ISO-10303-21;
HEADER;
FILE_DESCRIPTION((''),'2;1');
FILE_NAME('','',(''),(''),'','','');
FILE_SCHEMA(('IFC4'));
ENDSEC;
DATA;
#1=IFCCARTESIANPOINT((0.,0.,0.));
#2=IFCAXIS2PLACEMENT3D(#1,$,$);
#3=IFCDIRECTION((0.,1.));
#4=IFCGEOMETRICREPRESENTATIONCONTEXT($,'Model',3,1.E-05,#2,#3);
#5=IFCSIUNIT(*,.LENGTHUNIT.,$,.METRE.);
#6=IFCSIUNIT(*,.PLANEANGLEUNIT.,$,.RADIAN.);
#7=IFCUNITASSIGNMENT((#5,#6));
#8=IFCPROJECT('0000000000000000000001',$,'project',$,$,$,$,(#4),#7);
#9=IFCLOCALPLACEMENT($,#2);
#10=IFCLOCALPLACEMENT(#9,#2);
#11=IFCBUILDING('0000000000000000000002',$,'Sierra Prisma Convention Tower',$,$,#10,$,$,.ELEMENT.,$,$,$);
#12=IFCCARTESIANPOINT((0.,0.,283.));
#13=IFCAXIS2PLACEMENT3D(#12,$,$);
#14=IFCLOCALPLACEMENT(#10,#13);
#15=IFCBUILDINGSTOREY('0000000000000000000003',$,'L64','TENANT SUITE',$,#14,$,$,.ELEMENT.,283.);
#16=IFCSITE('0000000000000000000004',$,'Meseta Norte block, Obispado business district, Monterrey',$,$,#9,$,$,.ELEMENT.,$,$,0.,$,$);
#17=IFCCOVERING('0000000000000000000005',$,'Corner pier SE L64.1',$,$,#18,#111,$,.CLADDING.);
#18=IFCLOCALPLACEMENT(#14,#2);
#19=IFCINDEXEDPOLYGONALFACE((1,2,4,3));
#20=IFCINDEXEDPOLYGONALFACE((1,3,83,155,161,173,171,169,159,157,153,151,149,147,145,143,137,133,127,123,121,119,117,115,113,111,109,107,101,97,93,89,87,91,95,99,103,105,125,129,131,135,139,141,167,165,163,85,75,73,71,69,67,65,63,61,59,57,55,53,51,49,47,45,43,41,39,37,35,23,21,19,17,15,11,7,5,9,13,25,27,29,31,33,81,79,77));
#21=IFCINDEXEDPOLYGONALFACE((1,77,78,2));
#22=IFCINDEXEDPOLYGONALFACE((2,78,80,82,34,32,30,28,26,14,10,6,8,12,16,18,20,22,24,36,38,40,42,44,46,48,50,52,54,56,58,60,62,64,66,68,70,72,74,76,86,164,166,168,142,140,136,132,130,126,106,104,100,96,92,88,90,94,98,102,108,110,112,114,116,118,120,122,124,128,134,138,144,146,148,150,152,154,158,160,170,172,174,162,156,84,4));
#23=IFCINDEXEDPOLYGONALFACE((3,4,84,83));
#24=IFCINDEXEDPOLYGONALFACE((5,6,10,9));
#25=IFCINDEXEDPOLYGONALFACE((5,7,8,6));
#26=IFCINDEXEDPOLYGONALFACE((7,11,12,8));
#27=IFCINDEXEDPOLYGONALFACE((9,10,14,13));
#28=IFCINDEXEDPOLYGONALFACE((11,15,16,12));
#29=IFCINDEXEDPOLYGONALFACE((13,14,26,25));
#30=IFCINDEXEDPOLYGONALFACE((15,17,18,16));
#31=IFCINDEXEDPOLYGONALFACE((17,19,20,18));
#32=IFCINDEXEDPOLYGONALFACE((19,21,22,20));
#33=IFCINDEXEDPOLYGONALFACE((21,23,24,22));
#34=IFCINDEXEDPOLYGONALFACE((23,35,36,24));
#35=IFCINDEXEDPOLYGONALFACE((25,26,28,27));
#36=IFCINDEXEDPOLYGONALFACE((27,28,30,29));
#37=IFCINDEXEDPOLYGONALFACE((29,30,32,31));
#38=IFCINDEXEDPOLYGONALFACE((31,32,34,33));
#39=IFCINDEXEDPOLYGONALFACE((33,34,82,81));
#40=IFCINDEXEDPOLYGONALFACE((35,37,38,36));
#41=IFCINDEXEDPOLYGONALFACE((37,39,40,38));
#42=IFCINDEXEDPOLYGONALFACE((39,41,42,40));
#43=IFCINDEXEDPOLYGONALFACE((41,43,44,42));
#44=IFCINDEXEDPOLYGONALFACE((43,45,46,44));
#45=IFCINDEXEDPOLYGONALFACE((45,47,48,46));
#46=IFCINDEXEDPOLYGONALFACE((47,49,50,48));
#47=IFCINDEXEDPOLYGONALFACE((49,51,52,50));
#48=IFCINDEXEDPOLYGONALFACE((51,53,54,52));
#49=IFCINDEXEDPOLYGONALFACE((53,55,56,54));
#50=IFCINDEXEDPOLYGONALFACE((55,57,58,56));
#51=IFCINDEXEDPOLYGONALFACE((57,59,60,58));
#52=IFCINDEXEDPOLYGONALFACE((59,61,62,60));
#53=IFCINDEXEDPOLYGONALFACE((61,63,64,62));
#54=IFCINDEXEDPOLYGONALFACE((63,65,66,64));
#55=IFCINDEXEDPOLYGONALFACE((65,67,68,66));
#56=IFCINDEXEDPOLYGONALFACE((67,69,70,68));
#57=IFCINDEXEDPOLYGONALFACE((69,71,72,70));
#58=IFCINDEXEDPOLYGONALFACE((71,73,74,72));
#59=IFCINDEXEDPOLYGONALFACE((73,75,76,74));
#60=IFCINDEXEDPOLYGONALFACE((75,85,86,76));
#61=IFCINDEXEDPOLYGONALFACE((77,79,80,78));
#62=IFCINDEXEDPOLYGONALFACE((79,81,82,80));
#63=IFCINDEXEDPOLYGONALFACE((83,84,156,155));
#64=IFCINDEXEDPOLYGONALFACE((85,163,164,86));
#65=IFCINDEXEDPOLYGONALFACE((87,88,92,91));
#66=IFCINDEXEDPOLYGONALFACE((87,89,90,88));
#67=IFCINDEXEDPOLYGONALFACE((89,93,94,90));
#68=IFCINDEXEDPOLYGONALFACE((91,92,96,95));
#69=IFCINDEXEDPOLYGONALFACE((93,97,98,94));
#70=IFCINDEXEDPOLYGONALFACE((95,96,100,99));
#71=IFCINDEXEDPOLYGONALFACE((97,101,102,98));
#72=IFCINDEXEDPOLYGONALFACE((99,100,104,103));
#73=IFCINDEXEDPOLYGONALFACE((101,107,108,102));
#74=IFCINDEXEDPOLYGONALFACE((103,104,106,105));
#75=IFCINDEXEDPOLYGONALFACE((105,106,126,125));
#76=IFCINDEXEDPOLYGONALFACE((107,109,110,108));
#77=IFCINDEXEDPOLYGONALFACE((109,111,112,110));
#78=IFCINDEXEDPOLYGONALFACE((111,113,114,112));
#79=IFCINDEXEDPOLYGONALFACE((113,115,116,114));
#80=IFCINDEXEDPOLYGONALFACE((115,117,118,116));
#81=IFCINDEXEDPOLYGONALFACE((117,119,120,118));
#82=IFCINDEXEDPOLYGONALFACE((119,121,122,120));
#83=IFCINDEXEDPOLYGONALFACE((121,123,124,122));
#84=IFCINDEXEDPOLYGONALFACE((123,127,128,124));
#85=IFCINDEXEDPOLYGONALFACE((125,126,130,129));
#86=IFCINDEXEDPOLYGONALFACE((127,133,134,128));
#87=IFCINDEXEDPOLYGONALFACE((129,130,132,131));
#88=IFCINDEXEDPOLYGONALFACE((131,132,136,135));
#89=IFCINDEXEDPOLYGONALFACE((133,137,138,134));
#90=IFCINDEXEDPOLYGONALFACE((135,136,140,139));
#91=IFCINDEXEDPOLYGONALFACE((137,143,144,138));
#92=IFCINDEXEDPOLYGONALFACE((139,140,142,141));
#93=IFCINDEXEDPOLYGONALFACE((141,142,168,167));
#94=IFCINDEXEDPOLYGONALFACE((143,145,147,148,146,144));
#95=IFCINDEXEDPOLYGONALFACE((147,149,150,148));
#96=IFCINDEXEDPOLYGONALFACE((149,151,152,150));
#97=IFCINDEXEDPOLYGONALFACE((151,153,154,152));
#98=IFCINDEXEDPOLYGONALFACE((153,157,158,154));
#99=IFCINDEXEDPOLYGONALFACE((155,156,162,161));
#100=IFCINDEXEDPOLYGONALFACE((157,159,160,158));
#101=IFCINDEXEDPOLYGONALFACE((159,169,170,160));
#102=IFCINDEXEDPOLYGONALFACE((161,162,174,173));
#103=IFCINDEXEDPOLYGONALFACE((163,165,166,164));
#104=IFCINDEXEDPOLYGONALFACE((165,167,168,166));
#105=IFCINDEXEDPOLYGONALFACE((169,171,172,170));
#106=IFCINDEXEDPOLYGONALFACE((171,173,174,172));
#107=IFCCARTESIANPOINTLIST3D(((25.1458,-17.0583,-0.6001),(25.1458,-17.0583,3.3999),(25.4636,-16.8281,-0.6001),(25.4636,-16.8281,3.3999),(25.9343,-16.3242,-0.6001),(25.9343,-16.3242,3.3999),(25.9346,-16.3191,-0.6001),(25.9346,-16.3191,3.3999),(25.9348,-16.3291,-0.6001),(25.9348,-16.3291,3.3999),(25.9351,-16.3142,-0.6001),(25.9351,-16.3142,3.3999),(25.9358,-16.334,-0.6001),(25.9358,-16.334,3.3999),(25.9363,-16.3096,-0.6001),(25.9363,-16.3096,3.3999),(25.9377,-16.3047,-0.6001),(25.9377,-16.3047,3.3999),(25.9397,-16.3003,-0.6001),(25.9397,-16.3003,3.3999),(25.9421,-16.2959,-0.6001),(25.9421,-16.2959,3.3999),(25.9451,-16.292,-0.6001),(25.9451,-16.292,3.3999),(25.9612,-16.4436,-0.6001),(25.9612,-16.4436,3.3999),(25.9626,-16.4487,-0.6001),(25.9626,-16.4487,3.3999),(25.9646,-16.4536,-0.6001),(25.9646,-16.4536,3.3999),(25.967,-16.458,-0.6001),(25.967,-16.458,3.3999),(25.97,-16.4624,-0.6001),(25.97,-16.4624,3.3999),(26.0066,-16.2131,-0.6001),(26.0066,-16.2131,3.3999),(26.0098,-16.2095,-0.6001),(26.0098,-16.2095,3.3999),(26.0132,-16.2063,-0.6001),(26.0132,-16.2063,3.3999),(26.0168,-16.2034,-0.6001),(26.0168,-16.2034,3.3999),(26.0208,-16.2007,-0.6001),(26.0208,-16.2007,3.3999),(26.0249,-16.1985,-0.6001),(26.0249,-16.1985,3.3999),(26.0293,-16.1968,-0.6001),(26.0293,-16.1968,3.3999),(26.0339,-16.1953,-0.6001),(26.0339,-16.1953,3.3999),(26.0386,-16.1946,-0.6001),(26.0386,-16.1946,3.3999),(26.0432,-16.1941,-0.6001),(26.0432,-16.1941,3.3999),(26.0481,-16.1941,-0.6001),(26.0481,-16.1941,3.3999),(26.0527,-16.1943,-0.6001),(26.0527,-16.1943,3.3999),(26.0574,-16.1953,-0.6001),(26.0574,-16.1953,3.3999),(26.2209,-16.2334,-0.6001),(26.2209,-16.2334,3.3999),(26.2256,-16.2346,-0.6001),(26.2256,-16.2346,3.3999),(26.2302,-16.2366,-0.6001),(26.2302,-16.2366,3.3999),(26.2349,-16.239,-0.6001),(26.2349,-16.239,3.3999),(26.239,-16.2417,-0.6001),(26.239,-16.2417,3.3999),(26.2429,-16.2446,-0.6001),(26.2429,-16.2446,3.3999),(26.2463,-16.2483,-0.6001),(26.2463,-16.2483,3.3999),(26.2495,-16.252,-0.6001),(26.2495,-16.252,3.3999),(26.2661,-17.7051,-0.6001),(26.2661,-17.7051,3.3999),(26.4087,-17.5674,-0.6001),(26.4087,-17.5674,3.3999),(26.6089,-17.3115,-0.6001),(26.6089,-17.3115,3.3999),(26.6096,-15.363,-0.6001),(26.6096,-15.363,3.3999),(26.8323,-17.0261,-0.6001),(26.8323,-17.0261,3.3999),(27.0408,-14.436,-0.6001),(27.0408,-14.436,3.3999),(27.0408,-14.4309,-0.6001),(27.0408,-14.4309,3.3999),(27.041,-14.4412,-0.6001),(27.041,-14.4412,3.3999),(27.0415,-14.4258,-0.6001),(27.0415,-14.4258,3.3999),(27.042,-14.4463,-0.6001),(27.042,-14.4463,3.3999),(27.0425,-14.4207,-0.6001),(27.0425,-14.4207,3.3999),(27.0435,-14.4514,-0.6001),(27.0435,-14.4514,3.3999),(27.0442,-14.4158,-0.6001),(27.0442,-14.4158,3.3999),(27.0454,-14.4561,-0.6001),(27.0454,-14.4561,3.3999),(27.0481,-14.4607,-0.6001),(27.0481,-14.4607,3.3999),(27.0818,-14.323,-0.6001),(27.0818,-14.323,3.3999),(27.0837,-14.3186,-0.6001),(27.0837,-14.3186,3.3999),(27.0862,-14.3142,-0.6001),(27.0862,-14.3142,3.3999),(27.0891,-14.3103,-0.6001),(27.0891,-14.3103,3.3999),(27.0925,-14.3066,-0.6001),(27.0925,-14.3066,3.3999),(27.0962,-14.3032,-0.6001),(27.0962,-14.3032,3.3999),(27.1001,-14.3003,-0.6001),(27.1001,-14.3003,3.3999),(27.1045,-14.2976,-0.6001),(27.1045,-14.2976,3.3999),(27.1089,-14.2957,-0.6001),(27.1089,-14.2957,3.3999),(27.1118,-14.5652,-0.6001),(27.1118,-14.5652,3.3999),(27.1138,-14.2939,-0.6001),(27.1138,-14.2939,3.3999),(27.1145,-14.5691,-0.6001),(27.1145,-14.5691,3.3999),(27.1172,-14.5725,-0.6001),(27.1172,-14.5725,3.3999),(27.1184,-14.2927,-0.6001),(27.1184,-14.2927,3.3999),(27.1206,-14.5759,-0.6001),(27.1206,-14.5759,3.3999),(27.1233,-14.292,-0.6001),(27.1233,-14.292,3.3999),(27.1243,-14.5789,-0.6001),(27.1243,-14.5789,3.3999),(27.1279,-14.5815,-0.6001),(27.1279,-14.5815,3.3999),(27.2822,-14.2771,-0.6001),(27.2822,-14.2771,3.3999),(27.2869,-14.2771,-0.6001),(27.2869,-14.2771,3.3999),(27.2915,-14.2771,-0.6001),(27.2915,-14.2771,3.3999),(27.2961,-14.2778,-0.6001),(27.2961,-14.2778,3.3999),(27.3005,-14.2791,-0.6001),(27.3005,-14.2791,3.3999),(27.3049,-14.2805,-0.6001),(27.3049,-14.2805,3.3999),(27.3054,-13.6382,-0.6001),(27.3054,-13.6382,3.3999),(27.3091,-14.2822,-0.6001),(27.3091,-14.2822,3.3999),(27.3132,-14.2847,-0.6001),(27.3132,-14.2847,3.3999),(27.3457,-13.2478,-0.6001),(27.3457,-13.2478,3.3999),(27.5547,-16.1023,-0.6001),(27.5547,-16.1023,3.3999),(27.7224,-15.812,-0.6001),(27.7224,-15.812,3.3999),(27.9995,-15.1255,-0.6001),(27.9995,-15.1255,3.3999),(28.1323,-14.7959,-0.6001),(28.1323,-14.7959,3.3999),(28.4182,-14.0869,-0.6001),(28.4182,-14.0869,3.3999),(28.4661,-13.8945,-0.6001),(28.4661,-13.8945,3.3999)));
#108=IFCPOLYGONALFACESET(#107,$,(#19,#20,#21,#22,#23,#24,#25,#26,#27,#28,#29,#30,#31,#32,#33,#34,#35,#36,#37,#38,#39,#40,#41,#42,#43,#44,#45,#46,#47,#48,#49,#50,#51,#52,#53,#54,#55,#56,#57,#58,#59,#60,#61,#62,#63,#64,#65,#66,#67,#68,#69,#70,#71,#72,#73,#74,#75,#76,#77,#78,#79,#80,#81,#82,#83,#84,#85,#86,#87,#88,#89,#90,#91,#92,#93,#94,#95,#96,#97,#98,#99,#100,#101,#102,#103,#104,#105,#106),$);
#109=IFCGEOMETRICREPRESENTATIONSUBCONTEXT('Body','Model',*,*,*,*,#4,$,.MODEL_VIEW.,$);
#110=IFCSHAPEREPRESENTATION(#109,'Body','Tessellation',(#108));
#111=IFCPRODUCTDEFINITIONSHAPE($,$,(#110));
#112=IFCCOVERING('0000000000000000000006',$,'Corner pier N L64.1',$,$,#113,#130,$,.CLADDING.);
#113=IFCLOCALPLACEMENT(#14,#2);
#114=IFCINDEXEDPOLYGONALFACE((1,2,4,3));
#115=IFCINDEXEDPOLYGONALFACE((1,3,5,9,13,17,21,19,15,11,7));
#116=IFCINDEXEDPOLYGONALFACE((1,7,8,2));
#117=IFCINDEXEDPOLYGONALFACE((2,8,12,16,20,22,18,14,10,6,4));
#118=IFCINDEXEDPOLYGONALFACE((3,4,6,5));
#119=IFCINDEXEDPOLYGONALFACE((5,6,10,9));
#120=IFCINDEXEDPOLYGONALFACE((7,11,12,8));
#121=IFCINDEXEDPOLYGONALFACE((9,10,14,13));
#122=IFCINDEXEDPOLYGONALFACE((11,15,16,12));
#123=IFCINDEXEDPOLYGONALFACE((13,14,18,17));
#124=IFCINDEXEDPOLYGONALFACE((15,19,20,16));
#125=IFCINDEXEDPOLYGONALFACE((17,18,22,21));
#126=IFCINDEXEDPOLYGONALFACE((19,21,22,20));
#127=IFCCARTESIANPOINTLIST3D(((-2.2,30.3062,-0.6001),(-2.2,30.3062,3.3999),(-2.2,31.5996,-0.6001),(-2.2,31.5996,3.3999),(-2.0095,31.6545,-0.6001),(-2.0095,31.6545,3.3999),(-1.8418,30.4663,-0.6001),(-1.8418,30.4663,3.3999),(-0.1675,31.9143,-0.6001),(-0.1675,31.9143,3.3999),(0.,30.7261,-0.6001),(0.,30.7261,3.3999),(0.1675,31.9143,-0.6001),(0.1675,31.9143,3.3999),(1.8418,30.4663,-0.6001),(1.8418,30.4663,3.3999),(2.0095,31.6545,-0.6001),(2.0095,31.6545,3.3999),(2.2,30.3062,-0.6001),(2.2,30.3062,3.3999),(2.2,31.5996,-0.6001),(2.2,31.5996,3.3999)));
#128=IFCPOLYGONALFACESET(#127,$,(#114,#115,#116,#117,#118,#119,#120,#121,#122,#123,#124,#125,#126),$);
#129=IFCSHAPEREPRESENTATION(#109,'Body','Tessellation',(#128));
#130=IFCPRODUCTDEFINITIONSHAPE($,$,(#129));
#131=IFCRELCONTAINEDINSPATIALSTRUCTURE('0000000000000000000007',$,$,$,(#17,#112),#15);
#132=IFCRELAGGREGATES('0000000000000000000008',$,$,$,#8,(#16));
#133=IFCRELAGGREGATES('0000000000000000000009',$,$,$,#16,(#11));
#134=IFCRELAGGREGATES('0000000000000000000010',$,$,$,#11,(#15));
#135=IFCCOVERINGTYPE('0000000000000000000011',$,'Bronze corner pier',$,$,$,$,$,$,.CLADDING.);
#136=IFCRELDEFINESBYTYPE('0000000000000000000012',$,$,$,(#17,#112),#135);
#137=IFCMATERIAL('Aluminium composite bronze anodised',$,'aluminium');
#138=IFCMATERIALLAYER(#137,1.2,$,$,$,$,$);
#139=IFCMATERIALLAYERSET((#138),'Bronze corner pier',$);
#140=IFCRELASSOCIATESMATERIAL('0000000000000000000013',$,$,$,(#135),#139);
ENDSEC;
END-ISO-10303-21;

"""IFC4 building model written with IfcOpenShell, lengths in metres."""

from ifc_helpers import new_model, si_unit, direction, frame, origin, place, context, subcontext, project, spatial, polyline, outline, extrude, material, layer, layer_set, type_object, element, save


model = new_model("IFC4")

# Units and contexts
model_context = context("Model", 3, precision=1e-05, world=origin(), true_north=direction((0.0, 1.0)))
body_context = subcontext(model_context, "Body", "Model", "MODEL_VIEW")
ifc_project = project(units=[si_unit("LENGTHUNIT", "METRE"), si_unit("PLANEANGLEUNIT", "RADIAN")], contexts=[model_context])

# Site, building, storey
site_placement = place(None, origin())
site = spatial("IfcSite", under=ifc_project, at=site_placement, Name="Meseta Norte block, Obispado business district, Monterrey", CompositionType="ELEMENT", RefElevation=0.0)
building_placement = place(site_placement, origin())
building = spatial("IfcBuilding", under=site, at=building_placement, Name="Sierra Prisma Convention Tower", CompositionType="ELEMENT")
storey_placement = place(building_placement, frame((0.0, 0.0, 283.0)))
storey = spatial("IfcBuildingStorey", under=building, at=storey_placement, Name="L64", Description="TENANT SUITE", CompositionType="ELEMENT", Elevation=283.0)

# Coverings
ifc_material_1 = material(Name="Aluminium composite bronze anodised", Category="aluminium")
ifc_layer_1 = layer(ifc_material_1, 1.2)
ifc_layer_set_1 = layer_set([ifc_layer_1], Name="Bronze corner pier")
covering_type_1 = type_object("IfcCoveringType", Name="Bronze corner pier", PredefinedType="CLADDING", material=ifc_layer_set_1)
covering_1_placement = place(storey_placement, frame((0.0, 0.0, -0.6001)))
element("IfcCovering", 1, at=covering_1_placement, inside=storey, type_object=covering_type_1, Name="Corner pier SE L64.1", PredefinedType="CLADDING", context=body_context, shape_type="SweptSolid", body=[
    extrude(outline(polyline([(27.3005, -14.2791), (27.2961, -14.2778), (27.2915, -14.2771), (27.2869, -14.2771), (27.2822, -14.2771), (27.1233, -14.292), (27.1184, -14.2927), (27.1138, -14.2939), (27.1089, -14.2957), (27.1045, -14.2976), (27.1001, -14.3003), (27.0962, -14.3032), (27.0925, -14.3066), (27.0891, -14.3103), (27.0862, -14.3142), (27.0837, -14.3186), (27.0818, -14.323), (27.0442, -14.4158), (27.0425, -14.4207), (27.0415, -14.4258), (27.0408, -14.4309), (27.0408, -14.436), (27.041, -14.4412), (27.042, -14.4463), (27.0435, -14.4514), (27.0454, -14.4561), (27.0481, -14.4607), (27.1118, -14.5652), (27.1145, -14.5691), (27.1172, -14.5725), (27.1206, -14.5759), (27.1243, -14.5789), (27.1279, -14.5815), (27.9995, -15.1255), (27.7224, -15.812), (27.5547, -16.1023), (26.8323, -17.0261), (26.2495, -16.252), (26.2463, -16.2483), (26.2429, -16.2446), (26.239, -16.2417), (26.2349, -16.239), (26.2302, -16.2366), (26.2256, -16.2346), (26.2209, -16.2334), (26.0574, -16.1953), (26.0527, -16.1943), (26.0481, -16.1941), (26.0432, -16.1941), (26.0386, -16.1946), (26.0339, -16.1953), (26.0293, -16.1968), (26.0249, -16.1985), (26.0208, -16.2007), (26.0168, -16.2034), (26.0132, -16.2063), (26.0098, -16.2095), (26.0066, -16.2131), (25.9451, -16.292), (25.9421, -16.2959), (25.9397, -16.3003), (25.9377, -16.3047), (25.9363, -16.3096), (25.9351, -16.3142), (25.9346, -16.3191), (25.9343, -16.3242), (25.9348, -16.3291), (25.9358, -16.334), (25.9612, -16.4436), (25.9626, -16.4487), (25.9646, -16.4536), (25.967, -16.458), (25.97, -16.4624), (26.6089, -17.3115), (26.4087, -17.5674), (26.2661, -17.7051), (25.1458, -17.0583), (25.4636, -16.8281), (26.6096, -15.363), (27.3054, -13.6382), (27.3457, -13.2478), (28.4661, -13.8945), (28.4182, -14.0869), (28.1323, -14.7959), (27.3132, -14.2847), (27.3091, -14.2822), (27.3049, -14.2805), (27.3005, -14.2791)])), origin(), (0.0, 0.0, 1.0), 4.0),
])
covering_2_placement = place(storey_placement, frame((0.0, 0.0, -0.6001)))
element("IfcCovering", 2, at=covering_2_placement, inside=storey, type_object=covering_type_1, Name="Corner pier N L64.1", PredefinedType="CLADDING", context=body_context, shape_type="SweptSolid", body=[
    extrude(outline(polyline([(2.2, 30.3062), (1.8418, 30.4663), (0.0, 30.7261), (-1.8418, 30.4663), (-2.2, 30.3062), (-2.2, 31.5996), (-2.0095, 31.6545), (-0.1675, 31.9143), (0.1675, 31.9143), (2.0095, 31.6545), (2.2, 31.5996), (2.2, 30.3062)])), origin(), (0.0, 0.0, 1.0), 4.0),
])

save(model, "model.ifc")
